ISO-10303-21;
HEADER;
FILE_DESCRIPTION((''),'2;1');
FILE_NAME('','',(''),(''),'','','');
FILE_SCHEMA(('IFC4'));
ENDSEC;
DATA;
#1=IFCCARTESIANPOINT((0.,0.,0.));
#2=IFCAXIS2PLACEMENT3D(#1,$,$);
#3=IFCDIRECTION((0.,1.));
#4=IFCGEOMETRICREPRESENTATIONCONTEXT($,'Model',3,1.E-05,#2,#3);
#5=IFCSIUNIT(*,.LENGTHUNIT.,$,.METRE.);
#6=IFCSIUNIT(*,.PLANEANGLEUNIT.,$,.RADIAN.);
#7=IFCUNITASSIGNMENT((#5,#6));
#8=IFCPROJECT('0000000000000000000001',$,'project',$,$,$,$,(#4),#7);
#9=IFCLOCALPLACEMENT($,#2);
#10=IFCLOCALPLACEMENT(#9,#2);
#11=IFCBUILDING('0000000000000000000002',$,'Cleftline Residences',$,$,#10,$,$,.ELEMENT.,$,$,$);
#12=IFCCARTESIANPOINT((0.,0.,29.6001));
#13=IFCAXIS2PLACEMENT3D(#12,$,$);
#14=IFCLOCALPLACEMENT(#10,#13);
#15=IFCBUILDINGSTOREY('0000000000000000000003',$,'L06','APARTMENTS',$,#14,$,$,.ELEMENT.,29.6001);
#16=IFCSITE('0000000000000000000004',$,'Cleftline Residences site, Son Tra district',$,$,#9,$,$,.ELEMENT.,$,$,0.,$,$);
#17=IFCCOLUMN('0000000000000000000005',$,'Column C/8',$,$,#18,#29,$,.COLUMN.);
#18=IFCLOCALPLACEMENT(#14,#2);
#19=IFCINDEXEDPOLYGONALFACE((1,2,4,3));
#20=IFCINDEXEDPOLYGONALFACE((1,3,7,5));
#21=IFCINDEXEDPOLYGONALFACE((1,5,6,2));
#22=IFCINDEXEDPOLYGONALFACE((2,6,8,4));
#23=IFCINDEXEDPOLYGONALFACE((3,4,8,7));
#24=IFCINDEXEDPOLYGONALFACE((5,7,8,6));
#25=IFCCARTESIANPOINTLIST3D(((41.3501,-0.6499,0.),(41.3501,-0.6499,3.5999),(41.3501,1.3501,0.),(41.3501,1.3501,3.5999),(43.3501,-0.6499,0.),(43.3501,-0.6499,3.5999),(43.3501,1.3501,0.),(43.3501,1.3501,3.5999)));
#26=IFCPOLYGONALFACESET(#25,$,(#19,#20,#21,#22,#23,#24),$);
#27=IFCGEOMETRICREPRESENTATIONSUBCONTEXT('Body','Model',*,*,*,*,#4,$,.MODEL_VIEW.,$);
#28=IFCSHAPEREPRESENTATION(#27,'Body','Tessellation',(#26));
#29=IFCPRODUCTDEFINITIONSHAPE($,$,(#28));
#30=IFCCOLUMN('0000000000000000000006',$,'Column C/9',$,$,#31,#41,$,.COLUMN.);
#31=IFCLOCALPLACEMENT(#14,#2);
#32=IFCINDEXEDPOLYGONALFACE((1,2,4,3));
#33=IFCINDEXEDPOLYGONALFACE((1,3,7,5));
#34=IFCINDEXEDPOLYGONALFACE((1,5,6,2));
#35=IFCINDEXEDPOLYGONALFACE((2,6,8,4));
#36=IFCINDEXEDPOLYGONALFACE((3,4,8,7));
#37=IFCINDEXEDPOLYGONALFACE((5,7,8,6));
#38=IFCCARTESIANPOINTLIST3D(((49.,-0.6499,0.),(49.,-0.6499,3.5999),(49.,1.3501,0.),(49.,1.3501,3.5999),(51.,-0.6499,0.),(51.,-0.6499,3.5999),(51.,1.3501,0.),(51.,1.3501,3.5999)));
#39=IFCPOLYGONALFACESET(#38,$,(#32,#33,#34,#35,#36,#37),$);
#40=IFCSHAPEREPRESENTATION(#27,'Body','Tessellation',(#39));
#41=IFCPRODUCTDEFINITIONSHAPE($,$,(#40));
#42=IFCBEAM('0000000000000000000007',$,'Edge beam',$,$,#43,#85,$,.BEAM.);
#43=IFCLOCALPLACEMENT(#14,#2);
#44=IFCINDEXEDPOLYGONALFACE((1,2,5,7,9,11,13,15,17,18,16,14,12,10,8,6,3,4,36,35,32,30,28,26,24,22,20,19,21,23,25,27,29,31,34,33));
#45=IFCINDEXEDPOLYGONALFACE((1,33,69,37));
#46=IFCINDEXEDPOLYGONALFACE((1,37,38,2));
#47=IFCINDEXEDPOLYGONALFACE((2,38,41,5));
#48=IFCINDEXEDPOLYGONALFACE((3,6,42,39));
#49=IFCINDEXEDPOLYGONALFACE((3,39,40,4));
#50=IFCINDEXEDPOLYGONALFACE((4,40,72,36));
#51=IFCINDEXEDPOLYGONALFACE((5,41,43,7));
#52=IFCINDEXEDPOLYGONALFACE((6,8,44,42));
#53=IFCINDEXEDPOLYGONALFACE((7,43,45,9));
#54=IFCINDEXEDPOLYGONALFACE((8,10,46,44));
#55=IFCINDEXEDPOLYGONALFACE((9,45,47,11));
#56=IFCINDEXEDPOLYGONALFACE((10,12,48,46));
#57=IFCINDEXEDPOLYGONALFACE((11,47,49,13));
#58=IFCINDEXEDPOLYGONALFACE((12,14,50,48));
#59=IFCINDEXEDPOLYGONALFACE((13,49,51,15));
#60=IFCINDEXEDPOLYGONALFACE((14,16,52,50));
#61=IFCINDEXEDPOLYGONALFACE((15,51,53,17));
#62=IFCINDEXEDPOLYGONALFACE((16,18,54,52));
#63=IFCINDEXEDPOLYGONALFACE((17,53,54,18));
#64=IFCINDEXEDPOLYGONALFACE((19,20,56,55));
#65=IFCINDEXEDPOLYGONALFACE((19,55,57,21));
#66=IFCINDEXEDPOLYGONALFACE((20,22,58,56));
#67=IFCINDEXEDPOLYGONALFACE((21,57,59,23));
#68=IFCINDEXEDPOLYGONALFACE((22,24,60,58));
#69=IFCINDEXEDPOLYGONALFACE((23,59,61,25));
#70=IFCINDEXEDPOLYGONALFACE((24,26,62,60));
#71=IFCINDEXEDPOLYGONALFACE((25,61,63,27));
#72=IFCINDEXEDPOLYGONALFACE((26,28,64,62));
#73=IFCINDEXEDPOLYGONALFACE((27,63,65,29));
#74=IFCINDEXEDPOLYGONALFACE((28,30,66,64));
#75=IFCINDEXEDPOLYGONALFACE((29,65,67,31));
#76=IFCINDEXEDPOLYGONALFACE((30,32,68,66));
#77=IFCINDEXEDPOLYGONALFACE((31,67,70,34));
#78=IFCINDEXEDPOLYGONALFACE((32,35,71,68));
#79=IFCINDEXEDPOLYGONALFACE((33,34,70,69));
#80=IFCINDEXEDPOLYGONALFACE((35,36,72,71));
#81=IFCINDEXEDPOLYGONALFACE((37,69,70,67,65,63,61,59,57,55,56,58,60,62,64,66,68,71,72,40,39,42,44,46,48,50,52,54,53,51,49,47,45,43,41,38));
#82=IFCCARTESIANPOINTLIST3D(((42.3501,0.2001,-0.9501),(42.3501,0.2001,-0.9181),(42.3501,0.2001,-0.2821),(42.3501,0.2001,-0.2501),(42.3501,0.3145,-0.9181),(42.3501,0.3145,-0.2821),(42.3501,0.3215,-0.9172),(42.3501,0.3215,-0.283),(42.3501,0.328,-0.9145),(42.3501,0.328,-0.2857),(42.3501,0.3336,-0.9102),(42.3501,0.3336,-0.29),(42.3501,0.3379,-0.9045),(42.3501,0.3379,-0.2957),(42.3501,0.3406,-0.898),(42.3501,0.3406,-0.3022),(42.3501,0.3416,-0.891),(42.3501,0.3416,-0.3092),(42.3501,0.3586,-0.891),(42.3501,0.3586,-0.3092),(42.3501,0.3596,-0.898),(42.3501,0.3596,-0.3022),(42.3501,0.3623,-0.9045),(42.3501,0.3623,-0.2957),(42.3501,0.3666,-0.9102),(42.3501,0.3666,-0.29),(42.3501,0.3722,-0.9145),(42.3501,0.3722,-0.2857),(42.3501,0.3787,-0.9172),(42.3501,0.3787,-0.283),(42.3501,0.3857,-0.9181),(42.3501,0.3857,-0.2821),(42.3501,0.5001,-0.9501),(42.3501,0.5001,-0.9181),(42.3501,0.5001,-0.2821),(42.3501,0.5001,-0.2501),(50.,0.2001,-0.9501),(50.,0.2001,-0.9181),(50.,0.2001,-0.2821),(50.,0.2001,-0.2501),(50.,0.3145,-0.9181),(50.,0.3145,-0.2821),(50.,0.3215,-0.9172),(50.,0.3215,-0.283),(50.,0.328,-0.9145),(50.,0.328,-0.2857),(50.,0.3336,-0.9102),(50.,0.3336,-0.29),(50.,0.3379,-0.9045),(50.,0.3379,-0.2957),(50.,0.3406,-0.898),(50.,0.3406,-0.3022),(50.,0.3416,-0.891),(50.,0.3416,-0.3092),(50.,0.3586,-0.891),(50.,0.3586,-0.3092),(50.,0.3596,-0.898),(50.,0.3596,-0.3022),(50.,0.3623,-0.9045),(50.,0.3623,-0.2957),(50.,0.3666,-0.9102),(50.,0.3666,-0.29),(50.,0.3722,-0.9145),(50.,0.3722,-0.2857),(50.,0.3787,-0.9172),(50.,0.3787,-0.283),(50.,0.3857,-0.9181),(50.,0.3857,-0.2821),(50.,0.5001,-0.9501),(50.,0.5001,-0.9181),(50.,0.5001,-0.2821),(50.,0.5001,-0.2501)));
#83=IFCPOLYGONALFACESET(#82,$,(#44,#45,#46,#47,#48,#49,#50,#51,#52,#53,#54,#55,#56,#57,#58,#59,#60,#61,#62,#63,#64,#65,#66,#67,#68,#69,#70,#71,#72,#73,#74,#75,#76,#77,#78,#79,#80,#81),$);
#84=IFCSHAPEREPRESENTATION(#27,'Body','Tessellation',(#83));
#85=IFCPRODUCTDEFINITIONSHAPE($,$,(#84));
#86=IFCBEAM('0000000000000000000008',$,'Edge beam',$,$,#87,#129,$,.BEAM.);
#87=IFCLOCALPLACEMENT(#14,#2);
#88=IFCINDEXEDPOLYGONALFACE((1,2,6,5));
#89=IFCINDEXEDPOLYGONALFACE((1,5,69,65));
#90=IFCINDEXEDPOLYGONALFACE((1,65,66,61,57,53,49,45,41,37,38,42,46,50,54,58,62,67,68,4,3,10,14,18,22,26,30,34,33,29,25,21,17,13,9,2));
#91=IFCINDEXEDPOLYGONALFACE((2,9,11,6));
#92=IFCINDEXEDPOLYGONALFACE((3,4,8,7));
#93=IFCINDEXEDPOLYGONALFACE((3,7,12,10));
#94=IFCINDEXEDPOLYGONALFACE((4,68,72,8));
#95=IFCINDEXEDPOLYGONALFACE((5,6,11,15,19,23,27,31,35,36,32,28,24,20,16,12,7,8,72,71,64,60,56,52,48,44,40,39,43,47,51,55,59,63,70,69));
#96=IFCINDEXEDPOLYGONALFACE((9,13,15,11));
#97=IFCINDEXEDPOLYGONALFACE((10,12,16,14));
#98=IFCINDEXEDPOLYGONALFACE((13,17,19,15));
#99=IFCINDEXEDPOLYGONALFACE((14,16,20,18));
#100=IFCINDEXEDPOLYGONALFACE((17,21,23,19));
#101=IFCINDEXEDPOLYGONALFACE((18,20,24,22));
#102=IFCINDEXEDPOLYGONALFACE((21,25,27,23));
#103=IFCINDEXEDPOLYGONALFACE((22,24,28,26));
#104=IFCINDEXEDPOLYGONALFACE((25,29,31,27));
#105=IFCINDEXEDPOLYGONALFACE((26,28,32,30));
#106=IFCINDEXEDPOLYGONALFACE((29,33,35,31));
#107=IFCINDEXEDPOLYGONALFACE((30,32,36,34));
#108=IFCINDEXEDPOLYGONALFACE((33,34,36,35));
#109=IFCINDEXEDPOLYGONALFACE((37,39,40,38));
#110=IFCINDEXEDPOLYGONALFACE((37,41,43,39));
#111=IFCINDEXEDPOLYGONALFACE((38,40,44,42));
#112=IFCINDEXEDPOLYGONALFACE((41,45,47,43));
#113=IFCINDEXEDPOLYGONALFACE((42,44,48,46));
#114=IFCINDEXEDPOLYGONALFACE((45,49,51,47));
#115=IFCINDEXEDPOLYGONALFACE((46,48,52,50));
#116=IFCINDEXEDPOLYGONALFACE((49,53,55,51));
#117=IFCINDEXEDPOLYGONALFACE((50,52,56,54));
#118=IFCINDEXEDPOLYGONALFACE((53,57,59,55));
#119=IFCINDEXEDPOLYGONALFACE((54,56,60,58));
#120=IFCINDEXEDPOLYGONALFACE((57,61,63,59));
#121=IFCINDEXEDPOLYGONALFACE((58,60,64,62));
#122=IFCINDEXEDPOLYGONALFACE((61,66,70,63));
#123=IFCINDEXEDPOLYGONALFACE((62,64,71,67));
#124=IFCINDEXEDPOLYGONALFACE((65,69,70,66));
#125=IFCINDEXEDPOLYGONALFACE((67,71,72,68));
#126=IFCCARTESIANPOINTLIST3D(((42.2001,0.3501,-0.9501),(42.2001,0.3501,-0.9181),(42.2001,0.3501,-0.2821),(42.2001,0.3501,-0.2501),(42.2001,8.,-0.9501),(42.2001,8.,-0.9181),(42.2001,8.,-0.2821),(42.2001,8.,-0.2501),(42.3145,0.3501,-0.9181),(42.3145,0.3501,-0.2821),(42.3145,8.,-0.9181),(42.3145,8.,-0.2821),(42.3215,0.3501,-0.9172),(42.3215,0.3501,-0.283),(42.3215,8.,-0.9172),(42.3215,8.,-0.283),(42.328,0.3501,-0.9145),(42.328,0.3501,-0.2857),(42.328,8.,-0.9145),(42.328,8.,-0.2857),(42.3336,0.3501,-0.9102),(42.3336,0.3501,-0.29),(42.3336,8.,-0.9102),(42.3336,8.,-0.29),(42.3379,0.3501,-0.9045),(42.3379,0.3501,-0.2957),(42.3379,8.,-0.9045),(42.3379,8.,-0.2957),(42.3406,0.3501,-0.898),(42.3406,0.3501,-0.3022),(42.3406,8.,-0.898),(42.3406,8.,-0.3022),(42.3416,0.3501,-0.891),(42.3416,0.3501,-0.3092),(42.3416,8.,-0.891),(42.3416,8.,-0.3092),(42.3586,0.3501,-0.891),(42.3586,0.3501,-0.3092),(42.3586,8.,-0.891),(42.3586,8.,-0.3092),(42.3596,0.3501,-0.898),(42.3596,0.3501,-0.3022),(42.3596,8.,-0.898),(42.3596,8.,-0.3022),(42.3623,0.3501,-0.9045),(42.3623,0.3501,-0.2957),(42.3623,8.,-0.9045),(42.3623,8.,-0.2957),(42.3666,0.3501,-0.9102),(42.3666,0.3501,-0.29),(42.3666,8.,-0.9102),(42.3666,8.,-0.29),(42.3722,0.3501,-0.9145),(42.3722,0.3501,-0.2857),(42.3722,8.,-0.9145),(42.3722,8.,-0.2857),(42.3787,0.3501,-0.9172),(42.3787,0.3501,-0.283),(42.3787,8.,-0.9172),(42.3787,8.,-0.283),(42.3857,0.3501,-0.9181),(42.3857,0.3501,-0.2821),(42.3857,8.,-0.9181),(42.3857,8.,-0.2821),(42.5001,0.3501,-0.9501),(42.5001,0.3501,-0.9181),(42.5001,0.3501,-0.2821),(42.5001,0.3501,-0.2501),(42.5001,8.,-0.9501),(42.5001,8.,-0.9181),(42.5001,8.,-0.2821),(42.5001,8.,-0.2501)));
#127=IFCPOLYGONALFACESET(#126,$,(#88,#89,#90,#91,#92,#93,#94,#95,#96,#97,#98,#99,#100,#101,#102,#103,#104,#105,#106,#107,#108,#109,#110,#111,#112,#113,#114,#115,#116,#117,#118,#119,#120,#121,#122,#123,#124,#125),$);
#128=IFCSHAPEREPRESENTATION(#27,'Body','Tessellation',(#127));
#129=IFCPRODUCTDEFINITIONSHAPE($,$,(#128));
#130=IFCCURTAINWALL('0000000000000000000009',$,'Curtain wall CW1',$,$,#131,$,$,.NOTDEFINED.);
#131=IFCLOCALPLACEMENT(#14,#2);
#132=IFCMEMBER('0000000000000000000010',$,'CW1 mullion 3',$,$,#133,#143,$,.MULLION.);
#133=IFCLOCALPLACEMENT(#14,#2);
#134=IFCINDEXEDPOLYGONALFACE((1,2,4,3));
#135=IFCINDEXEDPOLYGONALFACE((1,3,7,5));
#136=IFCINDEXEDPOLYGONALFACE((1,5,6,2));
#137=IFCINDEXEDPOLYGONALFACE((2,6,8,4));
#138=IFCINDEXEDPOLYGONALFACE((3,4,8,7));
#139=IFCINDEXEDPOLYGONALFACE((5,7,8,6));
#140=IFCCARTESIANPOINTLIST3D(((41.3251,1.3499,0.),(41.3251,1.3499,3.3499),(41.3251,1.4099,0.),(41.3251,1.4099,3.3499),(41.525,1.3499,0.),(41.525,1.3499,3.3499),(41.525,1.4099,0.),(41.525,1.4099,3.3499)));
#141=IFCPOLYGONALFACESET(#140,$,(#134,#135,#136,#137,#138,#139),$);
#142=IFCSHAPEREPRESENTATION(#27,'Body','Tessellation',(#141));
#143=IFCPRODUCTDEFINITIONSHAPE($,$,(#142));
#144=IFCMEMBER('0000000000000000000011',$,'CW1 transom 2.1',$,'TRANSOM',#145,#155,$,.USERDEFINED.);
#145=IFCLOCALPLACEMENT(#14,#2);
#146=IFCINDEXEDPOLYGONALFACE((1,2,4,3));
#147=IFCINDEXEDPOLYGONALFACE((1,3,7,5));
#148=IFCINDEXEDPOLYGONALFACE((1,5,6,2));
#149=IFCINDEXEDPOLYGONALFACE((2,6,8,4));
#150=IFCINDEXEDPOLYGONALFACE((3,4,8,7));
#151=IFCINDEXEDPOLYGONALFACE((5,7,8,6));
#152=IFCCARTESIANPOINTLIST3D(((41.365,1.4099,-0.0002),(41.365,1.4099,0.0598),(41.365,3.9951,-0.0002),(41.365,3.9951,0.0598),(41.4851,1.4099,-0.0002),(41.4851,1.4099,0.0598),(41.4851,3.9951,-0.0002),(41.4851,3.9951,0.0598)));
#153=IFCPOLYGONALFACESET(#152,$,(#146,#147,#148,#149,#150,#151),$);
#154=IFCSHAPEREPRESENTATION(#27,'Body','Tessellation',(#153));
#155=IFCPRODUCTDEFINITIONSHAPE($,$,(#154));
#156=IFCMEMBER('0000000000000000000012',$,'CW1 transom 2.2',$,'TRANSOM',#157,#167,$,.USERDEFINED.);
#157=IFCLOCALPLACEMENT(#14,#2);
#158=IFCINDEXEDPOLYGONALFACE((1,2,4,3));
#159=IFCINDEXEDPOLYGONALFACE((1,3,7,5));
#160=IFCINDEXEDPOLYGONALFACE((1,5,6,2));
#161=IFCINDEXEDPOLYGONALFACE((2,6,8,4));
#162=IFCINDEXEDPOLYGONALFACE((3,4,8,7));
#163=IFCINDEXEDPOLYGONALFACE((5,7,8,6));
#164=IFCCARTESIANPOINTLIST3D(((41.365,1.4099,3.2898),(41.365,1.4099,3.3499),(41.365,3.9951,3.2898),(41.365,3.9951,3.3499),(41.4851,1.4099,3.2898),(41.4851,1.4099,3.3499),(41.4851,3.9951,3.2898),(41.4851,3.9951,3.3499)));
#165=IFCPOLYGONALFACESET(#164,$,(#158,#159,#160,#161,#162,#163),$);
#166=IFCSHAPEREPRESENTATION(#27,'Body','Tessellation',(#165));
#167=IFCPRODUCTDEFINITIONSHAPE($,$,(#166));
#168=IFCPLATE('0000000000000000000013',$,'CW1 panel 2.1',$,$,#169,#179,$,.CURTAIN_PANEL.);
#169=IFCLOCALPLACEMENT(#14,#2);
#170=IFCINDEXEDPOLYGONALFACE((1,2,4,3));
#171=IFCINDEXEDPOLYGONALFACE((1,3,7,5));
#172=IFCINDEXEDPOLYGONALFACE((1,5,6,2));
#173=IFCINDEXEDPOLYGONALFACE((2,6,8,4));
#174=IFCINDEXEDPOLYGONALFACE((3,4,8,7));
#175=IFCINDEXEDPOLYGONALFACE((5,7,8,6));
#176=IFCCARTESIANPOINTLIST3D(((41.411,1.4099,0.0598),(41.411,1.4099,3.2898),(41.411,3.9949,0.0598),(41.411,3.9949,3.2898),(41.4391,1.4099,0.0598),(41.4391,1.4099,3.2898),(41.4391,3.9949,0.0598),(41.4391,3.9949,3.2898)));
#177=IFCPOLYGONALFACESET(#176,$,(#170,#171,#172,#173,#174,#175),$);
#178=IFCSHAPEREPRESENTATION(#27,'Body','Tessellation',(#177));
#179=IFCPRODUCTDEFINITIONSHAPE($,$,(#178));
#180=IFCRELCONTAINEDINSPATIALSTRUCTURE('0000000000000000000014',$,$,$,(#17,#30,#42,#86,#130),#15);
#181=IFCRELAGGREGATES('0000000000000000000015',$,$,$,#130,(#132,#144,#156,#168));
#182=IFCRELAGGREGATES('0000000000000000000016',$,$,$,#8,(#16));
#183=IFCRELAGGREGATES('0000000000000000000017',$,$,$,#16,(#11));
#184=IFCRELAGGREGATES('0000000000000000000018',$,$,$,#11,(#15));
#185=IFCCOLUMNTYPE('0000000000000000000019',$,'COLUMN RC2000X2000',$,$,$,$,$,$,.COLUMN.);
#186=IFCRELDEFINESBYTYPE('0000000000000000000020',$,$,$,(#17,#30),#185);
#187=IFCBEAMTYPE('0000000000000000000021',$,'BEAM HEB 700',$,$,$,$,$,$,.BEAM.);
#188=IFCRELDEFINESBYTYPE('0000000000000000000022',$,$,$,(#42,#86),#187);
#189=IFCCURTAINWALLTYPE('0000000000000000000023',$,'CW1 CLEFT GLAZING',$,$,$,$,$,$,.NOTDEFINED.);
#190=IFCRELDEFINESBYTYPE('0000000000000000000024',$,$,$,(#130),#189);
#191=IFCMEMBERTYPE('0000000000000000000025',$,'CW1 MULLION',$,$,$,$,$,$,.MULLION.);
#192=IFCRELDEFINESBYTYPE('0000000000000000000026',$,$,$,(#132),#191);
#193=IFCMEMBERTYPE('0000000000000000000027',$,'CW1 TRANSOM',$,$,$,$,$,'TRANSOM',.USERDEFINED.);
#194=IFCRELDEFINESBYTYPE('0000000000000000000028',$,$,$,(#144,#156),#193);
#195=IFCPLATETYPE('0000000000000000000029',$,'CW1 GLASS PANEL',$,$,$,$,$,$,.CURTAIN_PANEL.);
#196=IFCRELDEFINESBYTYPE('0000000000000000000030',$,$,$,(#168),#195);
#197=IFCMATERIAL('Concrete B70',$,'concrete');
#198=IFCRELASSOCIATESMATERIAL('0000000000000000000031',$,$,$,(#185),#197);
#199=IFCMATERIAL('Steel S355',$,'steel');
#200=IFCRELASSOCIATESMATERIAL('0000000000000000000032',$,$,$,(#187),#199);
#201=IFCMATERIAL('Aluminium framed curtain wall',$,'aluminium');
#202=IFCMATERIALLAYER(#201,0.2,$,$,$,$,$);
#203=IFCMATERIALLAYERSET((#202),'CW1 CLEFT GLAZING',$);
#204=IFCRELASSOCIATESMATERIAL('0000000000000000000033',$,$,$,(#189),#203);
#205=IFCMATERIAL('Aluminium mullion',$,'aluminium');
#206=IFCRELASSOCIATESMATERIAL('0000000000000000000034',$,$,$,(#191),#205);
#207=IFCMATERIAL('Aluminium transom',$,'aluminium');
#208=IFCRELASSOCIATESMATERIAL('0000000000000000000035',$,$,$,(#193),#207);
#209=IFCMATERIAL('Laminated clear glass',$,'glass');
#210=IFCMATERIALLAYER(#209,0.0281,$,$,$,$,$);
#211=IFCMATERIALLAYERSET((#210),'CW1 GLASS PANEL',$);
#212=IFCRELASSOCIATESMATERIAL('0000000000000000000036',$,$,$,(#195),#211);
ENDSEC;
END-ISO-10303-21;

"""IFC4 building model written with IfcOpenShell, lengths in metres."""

from ifc_helpers import new_model, si_unit, direction, frame, origin, origin_2d, place, context, subcontext, project, spatial, rectangle, i_section, extrude, material, layer, layer_set, material_profile, profile_set, type_object, element, aggregate, save


model = new_model("IFC4")

# Units and contexts
model_context = context("Model", 3, precision=1e-05, world=origin(), true_north=direction((0.0, 1.0)))
body_context = subcontext(model_context, "Body", "Model", "MODEL_VIEW")
ifc_project = project(units=[si_unit("LENGTHUNIT", "METRE"), si_unit("PLANEANGLEUNIT", "RADIAN")], contexts=[model_context])

# Site, building, storey
site_placement = place(None, origin())
site = spatial("IfcSite", under=ifc_project, at=site_placement, Name="Cleftline Residences site, Son Tra district", CompositionType="ELEMENT", RefElevation=0.0)
building_placement = place(site_placement, origin())
building = spatial("IfcBuilding", under=site, at=building_placement, Name="Cleftline Residences", CompositionType="ELEMENT")
storey_placement = place(building_placement, frame((0.0, 0.0, 29.6001)))
storey = spatial("IfcBuildingStorey", under=building, at=storey_placement, Name="L06", Description="APARTMENTS", CompositionType="ELEMENT", Elevation=29.6001)

# Columns
ifc_material_1 = material(Name="Concrete B70", Category="concrete")
ifc_material_profile_1 = material_profile(ifc_material_1, rectangle(XDim=2.0, YDim=2.0, at=origin_2d()))
ifc_profile_set_1 = profile_set([ifc_material_profile_1], Name="Concrete B70")
column_type = type_object("IfcColumnType", Name="COLUMN RC2000X2000", PredefinedType="COLUMN", material=ifc_profile_set_1)
for number, where, z_axis, x_axis, name in (
    (1, (42.3501, 0.3501, 0.0), (0.0, 0.0, 1.0), (1.0, 0.0, 0.0), "Column C/8"),
    (2, (50.0, 0.3501, 0.0), (0.0, 0.0, 1.0), (1.0, 0.0, 0.0), "Column C/9"),
):
    element("IfcColumn", number, at=place(storey_placement, frame(where, z_axis=z_axis, x_axis=x_axis)), inside=storey, type_object=column_type, Name=name, PredefinedType="COLUMN", context=body_context, shape_type="SweptSolid", body=[
        extrude(rectangle(XDim=2.0, YDim=2.0, at=origin_2d()), origin(), (0.0, 0.0, 1.0), 3.5999),
    ])

# Beams
ifc_material_2 = material(Name="Steel S355", Category="steel")
ifc_material_profile_2 = material_profile(ifc_material_2, i_section(OverallWidth=0.3, OverallDepth=0.7, WebThickness=0.0171, FlangeThickness=0.032, FilletRadius=0.0271, at=origin_2d()))
ifc_profile_set_2 = profile_set([ifc_material_profile_2], Name="Steel S355")
beam_type = type_object("IfcBeamType", Name="BEAM HEB 700", PredefinedType="BEAM", material=ifc_profile_set_2)
for number, where, z_axis, x_axis, name in (
    (3, (50.0, 0.3501, -0.6001), (-1.0, 0.0, 0.0), (0.0, -1.0, 0.0), "Edge beam"),
    (4, (42.3501, 0.3501, -0.6001), (0.0, 1.0, 0.0), (-1.0, 0.0, 0.0), "Edge beam"),
):
    element("IfcBeam", number, at=place(storey_placement, frame(where, z_axis=z_axis, x_axis=x_axis)), inside=storey, type_object=beam_type, Name=name, PredefinedType="BEAM", context=body_context, shape_type="SweptSolid", body=[
        extrude(i_section(OverallWidth=0.3, OverallDepth=0.7, WebThickness=0.0171, FlangeThickness=0.032, FilletRadius=0.0271, at=origin_2d()), origin(), (0.0, 0.0, 1.0), 7.6499),
    ])

# Curtain wall, members, plate
ifc_material_3 = material(Name="Aluminium framed curtain wall", Category="aluminium")
ifc_layer_1 = layer(ifc_material_3, 0.2)
ifc_layer_set_1 = layer_set([ifc_layer_1], Name="CW1 CLEFT GLAZING")
curtain_wall_type = type_object("IfcCurtainWallType", Name="CW1 CLEFT GLAZING", PredefinedType="NOTDEFINED", material=ifc_layer_set_1)
curtain_wall_placement = place(storey_placement, origin())
curtain_wall = element("IfcCurtainWall", 5, at=curtain_wall_placement, inside=storey, type_object=curtain_wall_type, Name="Curtain wall CW1", PredefinedType="NOTDEFINED")
ifc_material_4 = material(Name="Aluminium mullion", Category="aluminium")
ifc_material_profile_3 = material_profile(ifc_material_4, rectangle(XDim=0.2, YDim=0.0601, at=origin_2d()))
ifc_profile_set_3 = profile_set([ifc_material_profile_3], Name="Aluminium mullion")
member_type_1 = type_object("IfcMemberType", Name="CW1 MULLION", PredefinedType="MULLION", material=ifc_profile_set_3)
member_1_placement = place(storey_placement, frame((41.425, 1.3799, 0.0), z_axis=(0.0, 0.0, 1.0), x_axis=(1.0, 0.0, 0.0)))
member_1 = element("IfcMember", 6, at=member_1_placement, type_object=member_type_1, Name="CW1 mullion 3", PredefinedType="MULLION", context=body_context, shape_type="SweptSolid", body=[
    extrude(rectangle(XDim=0.2, YDim=0.0601, at=origin_2d()), origin(), (0.0, 0.0, 1.0), 3.3499),
])
ifc_material_5 = material(Name="Aluminium transom", Category="aluminium")
ifc_material_profile_4 = material_profile(ifc_material_5, rectangle(XDim=0.1201, YDim=0.0601, at=origin_2d()))
ifc_profile_set_4 = profile_set([ifc_material_profile_4], Name="Aluminium transom")
member_type_2 = type_object("IfcMemberType", Name="CW1 TRANSOM", ElementType="TRANSOM", PredefinedType="USERDEFINED", material=ifc_profile_set_4)
member_2_placement = place(storey_placement, frame((41.425, 3.9951, 0.0298), z_axis=(0.0, -1.0, 0.0), x_axis=(1.0, 0.0, 0.0)))
member_2 = element("IfcMember", 7, at=member_2_placement, type_object=member_type_2, Name="CW1 transom 2.1", ObjectType="TRANSOM", PredefinedType="USERDEFINED", context=body_context, shape_type="SweptSolid", body=[
    extrude(rectangle(XDim=0.1201, YDim=0.0601, at=origin_2d()), origin(), (0.0, 0.0, 1.0), 2.5852),
])
member_3_placement = place(storey_placement, frame((41.425, 3.9951, 3.3198), z_axis=(0.0, -1.0, 0.0), x_axis=(1.0, 0.0, 0.0)))
member_3 = element("IfcMember", 8, at=member_3_placement, type_object=member_type_2, Name="CW1 transom 2.2", ObjectType="TRANSOM", PredefinedType="USERDEFINED", context=body_context, shape_type="SweptSolid", body=[
    extrude(rectangle(XDim=0.1201, YDim=0.0601, at=origin_2d()), origin(), (0.0, 0.0, 1.0), 2.5852),
])
ifc_material_6 = material(Name="Laminated clear glass", Category="glass")
ifc_layer_2 = layer(ifc_material_6, 0.0281)
ifc_layer_set_2 = layer_set([ifc_layer_2], Name="CW1 GLASS PANEL")
plate_type = type_object("IfcPlateType", Name="CW1 GLASS PANEL", PredefinedType="CURTAIN_PANEL", material=ifc_layer_set_2)
plate_placement = place(storey_placement, frame((41.425, 2.7024, 0.0598), z_axis=(0.0, 0.0, 1.0), x_axis=(0.0, -1.0, 0.0)))
plate = element("IfcPlate", 9, at=plate_placement, type_object=plate_type, Name="CW1 panel 2.1", PredefinedType="CURTAIN_PANEL", context=body_context, shape_type="SweptSolid", body=[
    extrude(rectangle(XDim=2.585, YDim=0.0281, at=origin_2d()), origin(), (0.0, 0.0, 1.0), 3.23),
])
aggregate(curtain_wall, [member_1, member_2, member_3, plate])

save(model, "model.ifc")
